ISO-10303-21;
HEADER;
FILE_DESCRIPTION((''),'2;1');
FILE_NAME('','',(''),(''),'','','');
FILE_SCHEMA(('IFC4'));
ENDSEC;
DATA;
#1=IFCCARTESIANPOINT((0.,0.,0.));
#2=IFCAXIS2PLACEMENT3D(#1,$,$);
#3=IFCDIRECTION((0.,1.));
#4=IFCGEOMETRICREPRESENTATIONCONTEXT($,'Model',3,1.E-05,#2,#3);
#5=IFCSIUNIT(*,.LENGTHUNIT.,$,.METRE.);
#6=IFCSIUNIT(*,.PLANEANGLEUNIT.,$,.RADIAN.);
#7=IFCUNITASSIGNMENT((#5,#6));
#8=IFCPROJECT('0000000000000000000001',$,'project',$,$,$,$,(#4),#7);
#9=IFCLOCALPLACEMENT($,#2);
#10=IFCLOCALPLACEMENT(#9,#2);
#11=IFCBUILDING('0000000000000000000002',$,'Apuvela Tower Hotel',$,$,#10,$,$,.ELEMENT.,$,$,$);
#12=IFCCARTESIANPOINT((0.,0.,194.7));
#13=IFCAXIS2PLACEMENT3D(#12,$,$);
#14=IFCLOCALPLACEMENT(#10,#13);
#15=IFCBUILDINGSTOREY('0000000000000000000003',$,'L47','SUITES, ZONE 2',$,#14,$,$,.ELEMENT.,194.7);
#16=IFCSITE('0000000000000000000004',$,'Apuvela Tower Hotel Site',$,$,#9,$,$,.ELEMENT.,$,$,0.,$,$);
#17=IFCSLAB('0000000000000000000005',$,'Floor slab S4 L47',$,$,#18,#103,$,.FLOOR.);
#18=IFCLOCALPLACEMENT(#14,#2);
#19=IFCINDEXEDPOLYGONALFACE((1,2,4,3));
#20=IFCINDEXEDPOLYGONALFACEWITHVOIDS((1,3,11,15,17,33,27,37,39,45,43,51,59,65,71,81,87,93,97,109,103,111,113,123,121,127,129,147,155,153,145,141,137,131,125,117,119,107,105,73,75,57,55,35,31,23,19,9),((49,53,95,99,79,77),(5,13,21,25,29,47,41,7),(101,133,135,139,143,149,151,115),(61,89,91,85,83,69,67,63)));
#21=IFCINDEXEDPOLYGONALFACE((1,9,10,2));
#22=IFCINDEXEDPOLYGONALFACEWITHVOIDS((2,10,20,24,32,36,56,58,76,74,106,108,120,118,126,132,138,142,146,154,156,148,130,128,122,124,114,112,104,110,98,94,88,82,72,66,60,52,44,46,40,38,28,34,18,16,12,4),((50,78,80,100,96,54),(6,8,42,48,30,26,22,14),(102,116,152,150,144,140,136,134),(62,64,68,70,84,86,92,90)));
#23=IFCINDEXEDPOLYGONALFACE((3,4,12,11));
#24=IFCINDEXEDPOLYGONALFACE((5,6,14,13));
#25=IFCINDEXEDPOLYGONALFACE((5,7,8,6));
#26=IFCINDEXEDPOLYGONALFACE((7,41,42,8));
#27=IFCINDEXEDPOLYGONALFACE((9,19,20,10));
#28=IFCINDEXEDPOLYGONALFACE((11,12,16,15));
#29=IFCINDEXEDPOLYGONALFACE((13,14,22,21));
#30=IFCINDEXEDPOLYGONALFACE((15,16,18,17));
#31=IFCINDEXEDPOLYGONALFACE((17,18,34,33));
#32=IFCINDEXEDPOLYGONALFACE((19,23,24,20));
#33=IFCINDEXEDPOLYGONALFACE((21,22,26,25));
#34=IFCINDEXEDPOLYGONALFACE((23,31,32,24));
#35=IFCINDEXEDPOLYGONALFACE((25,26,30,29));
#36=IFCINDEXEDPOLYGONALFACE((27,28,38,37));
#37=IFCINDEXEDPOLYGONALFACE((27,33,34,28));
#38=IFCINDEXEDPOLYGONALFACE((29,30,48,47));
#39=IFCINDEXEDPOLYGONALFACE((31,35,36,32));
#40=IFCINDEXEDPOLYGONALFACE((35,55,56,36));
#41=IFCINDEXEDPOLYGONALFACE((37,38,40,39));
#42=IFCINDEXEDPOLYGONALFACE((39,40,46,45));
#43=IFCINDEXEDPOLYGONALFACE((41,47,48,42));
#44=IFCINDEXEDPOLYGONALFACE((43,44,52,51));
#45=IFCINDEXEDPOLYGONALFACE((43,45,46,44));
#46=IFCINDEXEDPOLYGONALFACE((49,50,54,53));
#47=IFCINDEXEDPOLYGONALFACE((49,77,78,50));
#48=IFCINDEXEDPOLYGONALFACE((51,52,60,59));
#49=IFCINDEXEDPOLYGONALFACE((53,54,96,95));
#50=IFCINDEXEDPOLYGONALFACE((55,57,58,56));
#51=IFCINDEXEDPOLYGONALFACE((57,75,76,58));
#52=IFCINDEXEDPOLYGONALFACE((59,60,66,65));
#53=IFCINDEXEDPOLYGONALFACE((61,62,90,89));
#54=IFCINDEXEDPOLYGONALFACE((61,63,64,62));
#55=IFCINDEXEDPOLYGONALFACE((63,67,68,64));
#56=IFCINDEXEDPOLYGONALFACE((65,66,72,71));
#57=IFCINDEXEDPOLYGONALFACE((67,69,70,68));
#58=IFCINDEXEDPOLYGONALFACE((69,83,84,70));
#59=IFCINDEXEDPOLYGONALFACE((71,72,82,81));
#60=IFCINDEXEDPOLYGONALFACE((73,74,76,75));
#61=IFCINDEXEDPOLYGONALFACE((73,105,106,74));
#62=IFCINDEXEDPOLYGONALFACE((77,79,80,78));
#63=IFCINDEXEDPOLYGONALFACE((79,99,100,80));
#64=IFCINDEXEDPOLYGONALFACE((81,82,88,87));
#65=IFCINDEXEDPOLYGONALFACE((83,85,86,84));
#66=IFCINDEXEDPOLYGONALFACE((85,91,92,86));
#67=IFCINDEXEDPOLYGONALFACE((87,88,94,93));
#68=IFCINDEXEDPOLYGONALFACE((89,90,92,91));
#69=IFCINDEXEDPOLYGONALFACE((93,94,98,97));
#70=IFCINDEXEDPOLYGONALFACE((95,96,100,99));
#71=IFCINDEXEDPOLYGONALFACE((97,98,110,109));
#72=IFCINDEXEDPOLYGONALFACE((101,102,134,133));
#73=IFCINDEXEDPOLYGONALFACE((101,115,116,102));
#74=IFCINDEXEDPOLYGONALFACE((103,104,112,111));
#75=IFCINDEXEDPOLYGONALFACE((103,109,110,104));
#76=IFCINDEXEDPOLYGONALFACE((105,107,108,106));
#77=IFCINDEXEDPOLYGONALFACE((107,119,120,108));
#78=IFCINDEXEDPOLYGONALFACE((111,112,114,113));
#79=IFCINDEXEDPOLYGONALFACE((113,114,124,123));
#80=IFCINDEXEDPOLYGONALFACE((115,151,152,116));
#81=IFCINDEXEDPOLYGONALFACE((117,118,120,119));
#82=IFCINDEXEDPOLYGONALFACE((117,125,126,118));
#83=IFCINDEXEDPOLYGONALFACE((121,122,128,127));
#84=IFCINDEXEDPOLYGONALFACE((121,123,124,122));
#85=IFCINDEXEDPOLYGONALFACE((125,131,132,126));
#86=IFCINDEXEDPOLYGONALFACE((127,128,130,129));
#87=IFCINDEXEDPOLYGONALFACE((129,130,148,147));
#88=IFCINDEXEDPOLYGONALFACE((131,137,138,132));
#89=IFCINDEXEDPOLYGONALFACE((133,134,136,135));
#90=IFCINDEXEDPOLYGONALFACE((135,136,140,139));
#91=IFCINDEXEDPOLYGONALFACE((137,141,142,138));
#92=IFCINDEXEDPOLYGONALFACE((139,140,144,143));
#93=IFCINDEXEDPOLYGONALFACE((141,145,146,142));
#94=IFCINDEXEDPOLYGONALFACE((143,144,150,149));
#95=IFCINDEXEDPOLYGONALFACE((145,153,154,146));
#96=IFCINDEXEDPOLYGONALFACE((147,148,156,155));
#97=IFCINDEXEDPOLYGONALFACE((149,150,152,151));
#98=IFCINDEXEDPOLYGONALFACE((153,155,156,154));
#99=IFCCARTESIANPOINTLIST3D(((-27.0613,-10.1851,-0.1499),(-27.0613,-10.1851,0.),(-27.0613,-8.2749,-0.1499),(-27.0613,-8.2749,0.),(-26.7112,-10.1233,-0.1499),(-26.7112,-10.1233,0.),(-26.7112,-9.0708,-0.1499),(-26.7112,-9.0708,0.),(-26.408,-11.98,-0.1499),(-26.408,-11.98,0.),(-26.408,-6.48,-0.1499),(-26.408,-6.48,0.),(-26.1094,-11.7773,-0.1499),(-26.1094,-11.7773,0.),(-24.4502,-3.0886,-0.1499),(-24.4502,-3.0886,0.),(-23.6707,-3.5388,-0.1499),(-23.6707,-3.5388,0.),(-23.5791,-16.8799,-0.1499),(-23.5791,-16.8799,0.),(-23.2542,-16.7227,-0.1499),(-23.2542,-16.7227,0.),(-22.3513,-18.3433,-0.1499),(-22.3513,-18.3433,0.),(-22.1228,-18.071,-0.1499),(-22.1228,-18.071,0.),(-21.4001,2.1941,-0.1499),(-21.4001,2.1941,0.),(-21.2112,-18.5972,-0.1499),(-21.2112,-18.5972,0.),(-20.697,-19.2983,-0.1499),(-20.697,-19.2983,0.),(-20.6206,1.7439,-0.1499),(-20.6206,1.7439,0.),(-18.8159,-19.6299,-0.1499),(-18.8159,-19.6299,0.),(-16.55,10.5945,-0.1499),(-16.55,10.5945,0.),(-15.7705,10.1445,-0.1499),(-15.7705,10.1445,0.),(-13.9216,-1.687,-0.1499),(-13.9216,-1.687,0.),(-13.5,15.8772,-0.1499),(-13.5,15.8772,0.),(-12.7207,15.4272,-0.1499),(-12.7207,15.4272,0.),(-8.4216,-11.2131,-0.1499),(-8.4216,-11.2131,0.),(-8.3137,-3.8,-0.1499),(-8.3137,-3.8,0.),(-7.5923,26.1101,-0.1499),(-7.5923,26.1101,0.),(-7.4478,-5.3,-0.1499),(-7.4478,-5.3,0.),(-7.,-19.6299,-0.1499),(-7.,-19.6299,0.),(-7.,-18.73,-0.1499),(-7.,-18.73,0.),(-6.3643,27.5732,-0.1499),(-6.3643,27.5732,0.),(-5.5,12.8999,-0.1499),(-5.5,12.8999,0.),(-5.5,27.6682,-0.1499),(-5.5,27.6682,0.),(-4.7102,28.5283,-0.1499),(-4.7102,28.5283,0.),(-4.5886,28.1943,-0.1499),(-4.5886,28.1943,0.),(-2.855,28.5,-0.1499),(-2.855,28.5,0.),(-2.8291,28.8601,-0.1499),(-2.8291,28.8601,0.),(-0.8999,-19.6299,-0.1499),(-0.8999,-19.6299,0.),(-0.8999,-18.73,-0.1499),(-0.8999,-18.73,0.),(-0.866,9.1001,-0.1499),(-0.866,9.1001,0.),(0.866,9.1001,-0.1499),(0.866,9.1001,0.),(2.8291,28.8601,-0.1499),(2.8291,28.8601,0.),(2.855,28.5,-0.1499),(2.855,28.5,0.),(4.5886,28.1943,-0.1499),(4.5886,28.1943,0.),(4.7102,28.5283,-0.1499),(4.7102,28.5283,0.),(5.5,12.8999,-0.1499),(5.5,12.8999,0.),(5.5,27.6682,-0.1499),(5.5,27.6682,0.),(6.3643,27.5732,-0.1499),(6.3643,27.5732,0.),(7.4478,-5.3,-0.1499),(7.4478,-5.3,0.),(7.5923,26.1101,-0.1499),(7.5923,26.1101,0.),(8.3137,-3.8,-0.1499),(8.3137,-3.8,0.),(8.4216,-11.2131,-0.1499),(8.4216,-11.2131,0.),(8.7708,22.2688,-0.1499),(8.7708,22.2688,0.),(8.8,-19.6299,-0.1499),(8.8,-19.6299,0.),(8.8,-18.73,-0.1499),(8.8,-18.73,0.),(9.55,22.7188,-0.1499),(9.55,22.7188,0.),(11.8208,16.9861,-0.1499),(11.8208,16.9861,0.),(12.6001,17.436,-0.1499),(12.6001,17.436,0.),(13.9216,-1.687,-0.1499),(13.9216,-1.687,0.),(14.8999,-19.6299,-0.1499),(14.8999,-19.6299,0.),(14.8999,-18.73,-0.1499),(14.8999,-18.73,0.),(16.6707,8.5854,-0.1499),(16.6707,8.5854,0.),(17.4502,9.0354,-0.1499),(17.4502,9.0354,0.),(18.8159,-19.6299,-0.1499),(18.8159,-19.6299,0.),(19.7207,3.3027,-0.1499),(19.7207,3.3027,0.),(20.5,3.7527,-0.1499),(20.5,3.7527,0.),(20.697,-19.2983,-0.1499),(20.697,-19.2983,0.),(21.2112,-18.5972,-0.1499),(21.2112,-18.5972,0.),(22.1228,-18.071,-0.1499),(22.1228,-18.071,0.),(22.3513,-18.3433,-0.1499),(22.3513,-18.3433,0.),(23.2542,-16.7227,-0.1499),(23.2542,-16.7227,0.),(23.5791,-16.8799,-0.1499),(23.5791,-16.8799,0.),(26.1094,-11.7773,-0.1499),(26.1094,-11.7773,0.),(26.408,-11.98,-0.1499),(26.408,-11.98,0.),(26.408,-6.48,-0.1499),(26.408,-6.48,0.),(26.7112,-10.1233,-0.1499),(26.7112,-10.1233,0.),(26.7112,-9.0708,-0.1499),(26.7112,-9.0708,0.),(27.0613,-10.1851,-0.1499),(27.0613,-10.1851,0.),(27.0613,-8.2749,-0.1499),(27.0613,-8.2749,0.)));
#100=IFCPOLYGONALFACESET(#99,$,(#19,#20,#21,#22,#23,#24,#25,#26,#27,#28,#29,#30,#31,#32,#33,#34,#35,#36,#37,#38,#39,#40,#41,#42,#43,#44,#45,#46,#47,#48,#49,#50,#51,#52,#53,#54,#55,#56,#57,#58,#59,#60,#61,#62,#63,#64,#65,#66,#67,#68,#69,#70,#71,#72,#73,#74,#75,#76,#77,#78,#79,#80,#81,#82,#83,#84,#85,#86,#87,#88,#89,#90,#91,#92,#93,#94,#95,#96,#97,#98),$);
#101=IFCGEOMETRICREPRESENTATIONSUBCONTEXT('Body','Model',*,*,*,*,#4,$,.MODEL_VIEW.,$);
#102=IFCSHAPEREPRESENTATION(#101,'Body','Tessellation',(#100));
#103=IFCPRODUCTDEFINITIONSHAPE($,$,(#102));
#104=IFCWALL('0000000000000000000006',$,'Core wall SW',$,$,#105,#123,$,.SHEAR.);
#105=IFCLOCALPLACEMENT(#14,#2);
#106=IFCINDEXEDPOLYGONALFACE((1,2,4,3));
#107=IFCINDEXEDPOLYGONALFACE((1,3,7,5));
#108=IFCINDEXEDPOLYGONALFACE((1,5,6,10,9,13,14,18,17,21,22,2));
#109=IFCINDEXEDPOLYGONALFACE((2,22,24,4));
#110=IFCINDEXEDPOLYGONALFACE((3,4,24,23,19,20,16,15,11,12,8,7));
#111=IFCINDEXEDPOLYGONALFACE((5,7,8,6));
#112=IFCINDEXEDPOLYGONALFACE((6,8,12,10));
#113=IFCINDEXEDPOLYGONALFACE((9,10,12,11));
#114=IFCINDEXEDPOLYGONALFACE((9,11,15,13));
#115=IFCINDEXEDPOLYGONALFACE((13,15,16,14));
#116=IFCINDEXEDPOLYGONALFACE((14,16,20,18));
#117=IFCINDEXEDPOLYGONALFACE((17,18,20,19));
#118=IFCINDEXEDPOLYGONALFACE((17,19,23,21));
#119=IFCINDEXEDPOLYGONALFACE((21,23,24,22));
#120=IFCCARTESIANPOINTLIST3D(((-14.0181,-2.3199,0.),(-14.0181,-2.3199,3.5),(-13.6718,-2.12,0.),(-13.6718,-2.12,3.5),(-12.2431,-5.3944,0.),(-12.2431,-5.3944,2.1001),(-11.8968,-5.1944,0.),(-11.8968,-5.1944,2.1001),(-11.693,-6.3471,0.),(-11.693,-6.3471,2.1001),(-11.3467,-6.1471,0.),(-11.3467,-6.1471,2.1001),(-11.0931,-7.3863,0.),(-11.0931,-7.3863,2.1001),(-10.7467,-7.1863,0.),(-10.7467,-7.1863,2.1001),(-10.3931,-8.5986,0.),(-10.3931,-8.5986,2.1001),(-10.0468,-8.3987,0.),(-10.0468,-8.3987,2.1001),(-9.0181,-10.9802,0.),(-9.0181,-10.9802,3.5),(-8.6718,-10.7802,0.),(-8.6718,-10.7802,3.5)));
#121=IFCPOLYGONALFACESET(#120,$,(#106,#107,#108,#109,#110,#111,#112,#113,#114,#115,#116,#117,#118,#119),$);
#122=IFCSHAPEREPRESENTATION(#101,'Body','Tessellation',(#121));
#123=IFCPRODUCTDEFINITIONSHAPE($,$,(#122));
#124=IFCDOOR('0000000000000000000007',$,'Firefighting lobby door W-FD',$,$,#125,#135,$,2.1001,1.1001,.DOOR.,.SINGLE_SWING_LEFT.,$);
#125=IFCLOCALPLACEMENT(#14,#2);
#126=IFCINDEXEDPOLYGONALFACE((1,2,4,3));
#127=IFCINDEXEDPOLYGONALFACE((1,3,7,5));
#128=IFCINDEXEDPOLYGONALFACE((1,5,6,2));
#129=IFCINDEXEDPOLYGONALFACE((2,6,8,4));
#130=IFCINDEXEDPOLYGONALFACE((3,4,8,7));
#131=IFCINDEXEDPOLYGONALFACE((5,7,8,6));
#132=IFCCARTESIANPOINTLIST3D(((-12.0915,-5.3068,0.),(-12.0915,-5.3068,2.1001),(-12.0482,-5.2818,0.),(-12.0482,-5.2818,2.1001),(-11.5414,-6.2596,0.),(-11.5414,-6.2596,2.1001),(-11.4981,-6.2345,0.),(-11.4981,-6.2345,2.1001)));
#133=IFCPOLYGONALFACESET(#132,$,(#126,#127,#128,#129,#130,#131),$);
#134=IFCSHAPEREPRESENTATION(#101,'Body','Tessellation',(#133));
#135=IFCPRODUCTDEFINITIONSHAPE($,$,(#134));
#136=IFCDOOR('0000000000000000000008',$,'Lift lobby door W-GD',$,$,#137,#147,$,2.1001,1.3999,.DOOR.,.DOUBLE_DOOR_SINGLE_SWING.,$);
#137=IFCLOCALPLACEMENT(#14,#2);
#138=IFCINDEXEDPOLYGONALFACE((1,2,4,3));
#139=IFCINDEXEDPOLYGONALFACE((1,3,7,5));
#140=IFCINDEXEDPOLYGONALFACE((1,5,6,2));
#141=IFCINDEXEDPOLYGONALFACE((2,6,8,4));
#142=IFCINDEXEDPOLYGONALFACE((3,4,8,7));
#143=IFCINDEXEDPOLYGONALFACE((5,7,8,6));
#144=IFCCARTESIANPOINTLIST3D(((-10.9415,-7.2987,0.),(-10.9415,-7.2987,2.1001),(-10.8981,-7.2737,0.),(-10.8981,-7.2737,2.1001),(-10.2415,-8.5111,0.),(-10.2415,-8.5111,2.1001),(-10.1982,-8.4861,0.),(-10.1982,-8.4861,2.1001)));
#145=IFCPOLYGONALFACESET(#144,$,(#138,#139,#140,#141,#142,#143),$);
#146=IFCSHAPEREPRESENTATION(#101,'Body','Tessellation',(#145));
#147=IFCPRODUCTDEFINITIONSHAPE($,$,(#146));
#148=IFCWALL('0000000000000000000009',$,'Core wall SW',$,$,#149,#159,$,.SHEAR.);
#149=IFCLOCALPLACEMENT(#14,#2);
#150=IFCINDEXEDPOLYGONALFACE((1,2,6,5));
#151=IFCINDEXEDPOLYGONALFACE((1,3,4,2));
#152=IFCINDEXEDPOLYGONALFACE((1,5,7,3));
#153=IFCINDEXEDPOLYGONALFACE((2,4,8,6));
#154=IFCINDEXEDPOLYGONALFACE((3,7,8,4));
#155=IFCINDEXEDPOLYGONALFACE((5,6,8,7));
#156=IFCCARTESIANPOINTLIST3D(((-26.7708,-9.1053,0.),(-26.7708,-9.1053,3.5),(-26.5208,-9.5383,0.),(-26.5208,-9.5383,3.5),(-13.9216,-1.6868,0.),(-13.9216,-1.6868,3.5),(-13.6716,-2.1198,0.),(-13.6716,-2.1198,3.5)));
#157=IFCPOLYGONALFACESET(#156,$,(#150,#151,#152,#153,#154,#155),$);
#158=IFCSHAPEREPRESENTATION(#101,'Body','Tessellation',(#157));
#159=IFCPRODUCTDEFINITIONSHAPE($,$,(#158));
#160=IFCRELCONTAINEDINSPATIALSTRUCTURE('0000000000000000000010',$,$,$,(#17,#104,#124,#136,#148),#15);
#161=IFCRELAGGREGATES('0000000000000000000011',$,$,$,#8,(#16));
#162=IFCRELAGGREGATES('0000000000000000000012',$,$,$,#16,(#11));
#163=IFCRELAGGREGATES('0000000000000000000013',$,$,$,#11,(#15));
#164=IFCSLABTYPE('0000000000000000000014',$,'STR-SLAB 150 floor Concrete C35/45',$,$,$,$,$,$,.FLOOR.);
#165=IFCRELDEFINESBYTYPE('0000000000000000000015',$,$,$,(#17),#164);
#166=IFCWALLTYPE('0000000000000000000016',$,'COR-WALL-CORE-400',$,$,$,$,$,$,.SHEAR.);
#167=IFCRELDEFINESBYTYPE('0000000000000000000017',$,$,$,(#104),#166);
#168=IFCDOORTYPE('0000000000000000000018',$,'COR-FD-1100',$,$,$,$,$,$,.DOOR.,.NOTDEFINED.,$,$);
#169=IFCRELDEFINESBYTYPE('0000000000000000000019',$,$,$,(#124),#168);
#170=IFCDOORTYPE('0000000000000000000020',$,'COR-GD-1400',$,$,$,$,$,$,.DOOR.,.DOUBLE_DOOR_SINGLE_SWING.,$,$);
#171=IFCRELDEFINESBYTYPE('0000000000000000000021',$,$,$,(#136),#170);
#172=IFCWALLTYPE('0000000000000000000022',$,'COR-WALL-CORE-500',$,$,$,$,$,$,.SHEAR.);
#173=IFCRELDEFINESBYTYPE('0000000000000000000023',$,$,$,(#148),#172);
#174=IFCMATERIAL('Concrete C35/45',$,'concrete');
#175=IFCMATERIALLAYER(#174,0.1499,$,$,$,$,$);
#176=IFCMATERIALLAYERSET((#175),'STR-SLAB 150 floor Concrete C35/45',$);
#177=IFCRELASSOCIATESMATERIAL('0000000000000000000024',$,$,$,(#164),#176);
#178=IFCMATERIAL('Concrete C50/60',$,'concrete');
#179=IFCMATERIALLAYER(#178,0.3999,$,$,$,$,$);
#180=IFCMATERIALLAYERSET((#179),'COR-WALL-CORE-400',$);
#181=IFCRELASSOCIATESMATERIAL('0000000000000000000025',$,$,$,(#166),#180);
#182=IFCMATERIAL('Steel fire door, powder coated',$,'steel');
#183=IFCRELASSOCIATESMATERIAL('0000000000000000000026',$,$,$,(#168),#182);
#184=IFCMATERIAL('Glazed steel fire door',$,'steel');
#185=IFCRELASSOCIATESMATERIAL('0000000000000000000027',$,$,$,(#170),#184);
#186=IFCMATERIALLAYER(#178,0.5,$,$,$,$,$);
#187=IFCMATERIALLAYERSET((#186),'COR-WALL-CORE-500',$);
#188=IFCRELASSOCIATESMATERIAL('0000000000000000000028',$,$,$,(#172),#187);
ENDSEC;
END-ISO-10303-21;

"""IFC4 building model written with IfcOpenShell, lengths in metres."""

from ifc_helpers import new_model, si_unit, direction, frame, frame_2d, origin, place, context, subcontext, project, spatial, polyline, rectangle, outline, extrude, material, layer, layer_set, type_object, element, fill, save


model = new_model("IFC4")

# Units and contexts
model_context = context("Model", 3, precision=1e-05, world=origin(), true_north=direction((0.0, 1.0)))
body_context = subcontext(model_context, "Body", "Model", "MODEL_VIEW")
ifc_project = project(units=[si_unit("LENGTHUNIT", "METRE"), si_unit("PLANEANGLEUNIT", "RADIAN")], contexts=[model_context])

# Site, building, storey
site_placement = place(None, origin())
site = spatial("IfcSite", under=ifc_project, at=site_placement, Name="Apuvela Tower Hotel Site", CompositionType="ELEMENT", RefElevation=0.0)
building_placement = place(site_placement, origin())
building = spatial("IfcBuilding", under=site, at=building_placement, Name="Apuvela Tower Hotel", CompositionType="ELEMENT")
storey_placement = place(building_placement, frame((0.0, 0.0, 194.7)))
storey = spatial("IfcBuildingStorey", under=building, at=storey_placement, Name="L47", Description="SUITES, ZONE 2", CompositionType="ELEMENT", Elevation=194.7)

# Shared definitions
ifc_material_1 = material(Name="Concrete C50/60", Category="concrete")

# Slab
ifc_material_2 = material(Name="Concrete C35/45", Category="concrete")
ifc_layer_1 = layer(ifc_material_2, 0.1499)
ifc_layer_set_1 = layer_set([ifc_layer_1], Name="STR-SLAB 150 floor Concrete C35/45")
slab_type_1 = type_object("IfcSlabType", Name="STR-SLAB 150 floor Concrete C35/45", PredefinedType="FLOOR", material=ifc_layer_set_1)
slab_1_placement = place(storey_placement, frame((0.0, 0.0, -0.1499)))
element("IfcSlab", 1, at=slab_1_placement, inside=storey, type_object=slab_type_1, Name="Floor slab S4 L47", PredefinedType="FLOOR", context=body_context, shape_type="SweptSolid", body=[
    extrude(outline(polyline([(-6.3643, 27.5732), (-4.7102, 28.5283), (-2.8291, 28.8601), (2.8291, 28.8601), (4.7102, 28.5283), (6.3643, 27.5732), (7.5923, 26.1101), (9.55, 22.7188), (8.7708, 22.2688), (11.8208, 16.9861), (12.6001, 17.436), (17.4502, 9.0354), (16.6707, 8.5854), (19.7207, 3.3027), (20.5, 3.7527), (26.408, -6.48), (27.0613, -8.2749), (27.0613, -10.1851), (26.408, -11.98), (23.5791, -16.8799), (22.3513, -18.3433), (20.697, -19.2983), (18.8159, -19.6299), (14.8999, -19.6299), (14.8999, -18.73), (8.8, -18.73), (8.8, -19.6299), (-0.8999, -19.6299), (-0.8999, -18.73), (-7.0, -18.73), (-7.0, -19.6299), (-18.8159, -19.6299), (-20.697, -19.2983), (-22.3513, -18.3433), (-23.5791, -16.8799), (-26.408, -11.98), (-27.0613, -10.1851), (-27.0613, -8.2749), (-26.408, -6.48), (-24.4502, -3.0886), (-23.6707, -3.5388), (-20.6206, 1.7439), (-21.4001, 2.1941), (-16.55, 10.5945), (-15.7705, 10.1445), (-12.7207, 15.4272), (-13.5, 15.8772), (-7.5923, 26.1101), (-6.3643, 27.5732)]), holes=[polyline([(0.866, 9.1001), (-0.866, 9.1001), (-8.3137, -3.8), (-7.4478, -5.3), (7.4478, -5.3), (8.3137, -3.8), (0.866, 9.1001)]), polyline([(-5.5, 12.8999), (-5.5, 27.6682), (-4.5886, 28.1943), (-2.855, 28.5), (2.855, 28.5), (4.5886, 28.1943), (5.5, 27.6682), (5.5, 12.8999), (-5.5, 12.8999)]), polyline([(-8.4216, -11.2131), (-21.2112, -18.5972), (-22.1228, -18.071), (-23.2542, -16.7227), (-26.1094, -11.7773), (-26.7112, -10.1233), (-26.7112, -9.0708), (-13.9216, -1.687), (-8.4216, -11.2131)]), polyline([(13.9216, -1.687), (26.7112, -9.0708), (26.7112, -10.1233), (26.1094, -11.7773), (23.2542, -16.7227), (22.1228, -18.071), (21.2112, -18.5972), (8.4216, -11.2131), (13.9216, -1.687)])]), origin(), (0.0, 0.0, 1.0), 0.1499),
])

# Wall, openings, doors
ifc_layer_2 = layer(ifc_material_1, 0.3999)
ifc_layer_set_2 = layer_set([ifc_layer_2], Name="COR-WALL-CORE-400")
wall_type_1 = type_object("IfcWallType", Name="COR-WALL-CORE-400", PredefinedType="SHEAR", material=ifc_layer_set_2)
wall_1_placement = place(storey_placement, frame((-13.845, -2.22, 0.0), z_axis=(0.0, 0.0, 1.0), x_axis=(0.500004, -0.866023, 0.0)))
wall_1 = element("IfcWall", 2, at=wall_1_placement, inside=storey, type_object=wall_type_1, Name="Core wall SW", PredefinedType="SHEAR", context=body_context, shape_type="SweptSolid", body=[
    extrude(rectangle(XDim=10.0, YDim=0.3999, at=frame_2d((5.0, 0.0))), origin(), (0.0, 0.0, 1.0), 3.5),
])
opening_1_placement = place(wall_1_placement, frame((3.55, 0.0, 0.0)))
opening_1 = element("IfcOpeningElement", 3, at=opening_1_placement, cuts=wall_1, PredefinedType="OPENING", context=body_context, shape_type="SweptSolid", body=[
    extrude(rectangle(XDim=1.1001, YDim=2.1001, at=frame_2d((0.55, 1.05))), frame((0.0, 0.21, 0.0), z_axis=(0.0, -1.0, 0.0), x_axis=(1.0, 0.0, 0.0)), (0.0, 0.0, 1.0), 0.4199),
])
opening_2_placement = place(wall_1_placement, frame((5.8501, 0.0, 0.0)))
opening_2 = element("IfcOpeningElement", 4, at=opening_2_placement, cuts=wall_1, PredefinedType="OPENING", context=body_context, shape_type="SweptSolid", body=[
    extrude(rectangle(XDim=1.3999, YDim=2.1001, at=frame_2d((0.7, 1.05))), frame((0.0, 0.21, 0.0), z_axis=(0.0, -1.0, 0.0), x_axis=(1.0, 0.0, 0.0)), (0.0, 0.0, 1.0), 0.4199),
])
ifc_material_3 = material(Name="Steel fire door, powder coated", Category="steel")
door_type_1 = type_object("IfcDoorType", Name="COR-FD-1100", OperationType="NOTDEFINED", PredefinedType="DOOR", material=ifc_material_3)
door_1_placement = place(opening_1_placement, frame((1.1001, 0.0, 0.0), z_axis=(0.0, 0.0, 1.0), x_axis=(-1.0, 0.0, 0.0)))
door_1 = element("IfcDoor", 5, at=door_1_placement, inside=storey, type_object=door_type_1, Name="Firefighting lobby door W-FD", OperationType="SINGLE_SWING_LEFT", OverallHeight=2.1001, OverallWidth=1.1001, PredefinedType="DOOR", context=body_context, shape_type="SweptSolid", body=[
    extrude(rectangle(XDim=1.1001, YDim=2.1001, at=frame_2d((0.55, 1.05))), frame((0.0, 0.0249, 0.0), z_axis=(0.0, -1.0, 0.0), x_axis=(1.0, 0.0, 0.0)), (0.0, 0.0, 1.0), 0.05),
])
fill(opening_1, door_1)
ifc_material_4 = material(Name="Glazed steel fire door", Category="steel")
door_type_2 = type_object("IfcDoorType", Name="COR-GD-1400", OperationType="DOUBLE_DOOR_SINGLE_SWING", PredefinedType="DOOR", material=ifc_material_4)
door_2_placement = place(opening_2_placement, frame((1.3999, 0.0, 0.0), z_axis=(0.0, 0.0, 1.0), x_axis=(-1.0, 0.0, 0.0)))
door_2 = element("IfcDoor", 6, at=door_2_placement, inside=storey, type_object=door_type_2, Name="Lift lobby door W-GD", OperationType="DOUBLE_DOOR_SINGLE_SWING", OverallHeight=2.1001, OverallWidth=1.3999, PredefinedType="DOOR", context=body_context, shape_type="SweptSolid", body=[
    extrude(rectangle(XDim=1.3999, YDim=2.1001, at=frame_2d((0.7, 1.05))), frame((0.0, 0.0249, 0.0), z_axis=(0.0, -1.0, 0.0), x_axis=(1.0, 0.0, 0.0)), (0.0, 0.0, 1.0), 0.05),
])
fill(opening_2, door_2)

# Wall
ifc_layer_3 = layer(ifc_material_1, 0.5)
ifc_layer_set_3 = layer_set([ifc_layer_3], Name="COR-WALL-CORE-500")
wall_type_2 = type_object("IfcWallType", Name="COR-WALL-CORE-500", PredefinedType="SHEAR", material=ifc_layer_set_3)
wall_2_placement = place(storey_placement, frame((-13.7966, -1.9033, 0.0), z_axis=(0.0, 0.0, 1.0), x_axis=(-0.866025, -0.500001, 0.0)))
element("IfcWall", 7, at=wall_2_placement, inside=storey, type_object=wall_type_2, Name="Core wall SW", PredefinedType="SHEAR", context=body_context, shape_type="SweptSolid", body=[
    extrude(rectangle(XDim=14.8369, YDim=0.5, at=frame_2d((7.4185, 0.0))), origin(), (0.0, 0.0, 1.0), 3.5),
])

save(model, "model.ifc")
